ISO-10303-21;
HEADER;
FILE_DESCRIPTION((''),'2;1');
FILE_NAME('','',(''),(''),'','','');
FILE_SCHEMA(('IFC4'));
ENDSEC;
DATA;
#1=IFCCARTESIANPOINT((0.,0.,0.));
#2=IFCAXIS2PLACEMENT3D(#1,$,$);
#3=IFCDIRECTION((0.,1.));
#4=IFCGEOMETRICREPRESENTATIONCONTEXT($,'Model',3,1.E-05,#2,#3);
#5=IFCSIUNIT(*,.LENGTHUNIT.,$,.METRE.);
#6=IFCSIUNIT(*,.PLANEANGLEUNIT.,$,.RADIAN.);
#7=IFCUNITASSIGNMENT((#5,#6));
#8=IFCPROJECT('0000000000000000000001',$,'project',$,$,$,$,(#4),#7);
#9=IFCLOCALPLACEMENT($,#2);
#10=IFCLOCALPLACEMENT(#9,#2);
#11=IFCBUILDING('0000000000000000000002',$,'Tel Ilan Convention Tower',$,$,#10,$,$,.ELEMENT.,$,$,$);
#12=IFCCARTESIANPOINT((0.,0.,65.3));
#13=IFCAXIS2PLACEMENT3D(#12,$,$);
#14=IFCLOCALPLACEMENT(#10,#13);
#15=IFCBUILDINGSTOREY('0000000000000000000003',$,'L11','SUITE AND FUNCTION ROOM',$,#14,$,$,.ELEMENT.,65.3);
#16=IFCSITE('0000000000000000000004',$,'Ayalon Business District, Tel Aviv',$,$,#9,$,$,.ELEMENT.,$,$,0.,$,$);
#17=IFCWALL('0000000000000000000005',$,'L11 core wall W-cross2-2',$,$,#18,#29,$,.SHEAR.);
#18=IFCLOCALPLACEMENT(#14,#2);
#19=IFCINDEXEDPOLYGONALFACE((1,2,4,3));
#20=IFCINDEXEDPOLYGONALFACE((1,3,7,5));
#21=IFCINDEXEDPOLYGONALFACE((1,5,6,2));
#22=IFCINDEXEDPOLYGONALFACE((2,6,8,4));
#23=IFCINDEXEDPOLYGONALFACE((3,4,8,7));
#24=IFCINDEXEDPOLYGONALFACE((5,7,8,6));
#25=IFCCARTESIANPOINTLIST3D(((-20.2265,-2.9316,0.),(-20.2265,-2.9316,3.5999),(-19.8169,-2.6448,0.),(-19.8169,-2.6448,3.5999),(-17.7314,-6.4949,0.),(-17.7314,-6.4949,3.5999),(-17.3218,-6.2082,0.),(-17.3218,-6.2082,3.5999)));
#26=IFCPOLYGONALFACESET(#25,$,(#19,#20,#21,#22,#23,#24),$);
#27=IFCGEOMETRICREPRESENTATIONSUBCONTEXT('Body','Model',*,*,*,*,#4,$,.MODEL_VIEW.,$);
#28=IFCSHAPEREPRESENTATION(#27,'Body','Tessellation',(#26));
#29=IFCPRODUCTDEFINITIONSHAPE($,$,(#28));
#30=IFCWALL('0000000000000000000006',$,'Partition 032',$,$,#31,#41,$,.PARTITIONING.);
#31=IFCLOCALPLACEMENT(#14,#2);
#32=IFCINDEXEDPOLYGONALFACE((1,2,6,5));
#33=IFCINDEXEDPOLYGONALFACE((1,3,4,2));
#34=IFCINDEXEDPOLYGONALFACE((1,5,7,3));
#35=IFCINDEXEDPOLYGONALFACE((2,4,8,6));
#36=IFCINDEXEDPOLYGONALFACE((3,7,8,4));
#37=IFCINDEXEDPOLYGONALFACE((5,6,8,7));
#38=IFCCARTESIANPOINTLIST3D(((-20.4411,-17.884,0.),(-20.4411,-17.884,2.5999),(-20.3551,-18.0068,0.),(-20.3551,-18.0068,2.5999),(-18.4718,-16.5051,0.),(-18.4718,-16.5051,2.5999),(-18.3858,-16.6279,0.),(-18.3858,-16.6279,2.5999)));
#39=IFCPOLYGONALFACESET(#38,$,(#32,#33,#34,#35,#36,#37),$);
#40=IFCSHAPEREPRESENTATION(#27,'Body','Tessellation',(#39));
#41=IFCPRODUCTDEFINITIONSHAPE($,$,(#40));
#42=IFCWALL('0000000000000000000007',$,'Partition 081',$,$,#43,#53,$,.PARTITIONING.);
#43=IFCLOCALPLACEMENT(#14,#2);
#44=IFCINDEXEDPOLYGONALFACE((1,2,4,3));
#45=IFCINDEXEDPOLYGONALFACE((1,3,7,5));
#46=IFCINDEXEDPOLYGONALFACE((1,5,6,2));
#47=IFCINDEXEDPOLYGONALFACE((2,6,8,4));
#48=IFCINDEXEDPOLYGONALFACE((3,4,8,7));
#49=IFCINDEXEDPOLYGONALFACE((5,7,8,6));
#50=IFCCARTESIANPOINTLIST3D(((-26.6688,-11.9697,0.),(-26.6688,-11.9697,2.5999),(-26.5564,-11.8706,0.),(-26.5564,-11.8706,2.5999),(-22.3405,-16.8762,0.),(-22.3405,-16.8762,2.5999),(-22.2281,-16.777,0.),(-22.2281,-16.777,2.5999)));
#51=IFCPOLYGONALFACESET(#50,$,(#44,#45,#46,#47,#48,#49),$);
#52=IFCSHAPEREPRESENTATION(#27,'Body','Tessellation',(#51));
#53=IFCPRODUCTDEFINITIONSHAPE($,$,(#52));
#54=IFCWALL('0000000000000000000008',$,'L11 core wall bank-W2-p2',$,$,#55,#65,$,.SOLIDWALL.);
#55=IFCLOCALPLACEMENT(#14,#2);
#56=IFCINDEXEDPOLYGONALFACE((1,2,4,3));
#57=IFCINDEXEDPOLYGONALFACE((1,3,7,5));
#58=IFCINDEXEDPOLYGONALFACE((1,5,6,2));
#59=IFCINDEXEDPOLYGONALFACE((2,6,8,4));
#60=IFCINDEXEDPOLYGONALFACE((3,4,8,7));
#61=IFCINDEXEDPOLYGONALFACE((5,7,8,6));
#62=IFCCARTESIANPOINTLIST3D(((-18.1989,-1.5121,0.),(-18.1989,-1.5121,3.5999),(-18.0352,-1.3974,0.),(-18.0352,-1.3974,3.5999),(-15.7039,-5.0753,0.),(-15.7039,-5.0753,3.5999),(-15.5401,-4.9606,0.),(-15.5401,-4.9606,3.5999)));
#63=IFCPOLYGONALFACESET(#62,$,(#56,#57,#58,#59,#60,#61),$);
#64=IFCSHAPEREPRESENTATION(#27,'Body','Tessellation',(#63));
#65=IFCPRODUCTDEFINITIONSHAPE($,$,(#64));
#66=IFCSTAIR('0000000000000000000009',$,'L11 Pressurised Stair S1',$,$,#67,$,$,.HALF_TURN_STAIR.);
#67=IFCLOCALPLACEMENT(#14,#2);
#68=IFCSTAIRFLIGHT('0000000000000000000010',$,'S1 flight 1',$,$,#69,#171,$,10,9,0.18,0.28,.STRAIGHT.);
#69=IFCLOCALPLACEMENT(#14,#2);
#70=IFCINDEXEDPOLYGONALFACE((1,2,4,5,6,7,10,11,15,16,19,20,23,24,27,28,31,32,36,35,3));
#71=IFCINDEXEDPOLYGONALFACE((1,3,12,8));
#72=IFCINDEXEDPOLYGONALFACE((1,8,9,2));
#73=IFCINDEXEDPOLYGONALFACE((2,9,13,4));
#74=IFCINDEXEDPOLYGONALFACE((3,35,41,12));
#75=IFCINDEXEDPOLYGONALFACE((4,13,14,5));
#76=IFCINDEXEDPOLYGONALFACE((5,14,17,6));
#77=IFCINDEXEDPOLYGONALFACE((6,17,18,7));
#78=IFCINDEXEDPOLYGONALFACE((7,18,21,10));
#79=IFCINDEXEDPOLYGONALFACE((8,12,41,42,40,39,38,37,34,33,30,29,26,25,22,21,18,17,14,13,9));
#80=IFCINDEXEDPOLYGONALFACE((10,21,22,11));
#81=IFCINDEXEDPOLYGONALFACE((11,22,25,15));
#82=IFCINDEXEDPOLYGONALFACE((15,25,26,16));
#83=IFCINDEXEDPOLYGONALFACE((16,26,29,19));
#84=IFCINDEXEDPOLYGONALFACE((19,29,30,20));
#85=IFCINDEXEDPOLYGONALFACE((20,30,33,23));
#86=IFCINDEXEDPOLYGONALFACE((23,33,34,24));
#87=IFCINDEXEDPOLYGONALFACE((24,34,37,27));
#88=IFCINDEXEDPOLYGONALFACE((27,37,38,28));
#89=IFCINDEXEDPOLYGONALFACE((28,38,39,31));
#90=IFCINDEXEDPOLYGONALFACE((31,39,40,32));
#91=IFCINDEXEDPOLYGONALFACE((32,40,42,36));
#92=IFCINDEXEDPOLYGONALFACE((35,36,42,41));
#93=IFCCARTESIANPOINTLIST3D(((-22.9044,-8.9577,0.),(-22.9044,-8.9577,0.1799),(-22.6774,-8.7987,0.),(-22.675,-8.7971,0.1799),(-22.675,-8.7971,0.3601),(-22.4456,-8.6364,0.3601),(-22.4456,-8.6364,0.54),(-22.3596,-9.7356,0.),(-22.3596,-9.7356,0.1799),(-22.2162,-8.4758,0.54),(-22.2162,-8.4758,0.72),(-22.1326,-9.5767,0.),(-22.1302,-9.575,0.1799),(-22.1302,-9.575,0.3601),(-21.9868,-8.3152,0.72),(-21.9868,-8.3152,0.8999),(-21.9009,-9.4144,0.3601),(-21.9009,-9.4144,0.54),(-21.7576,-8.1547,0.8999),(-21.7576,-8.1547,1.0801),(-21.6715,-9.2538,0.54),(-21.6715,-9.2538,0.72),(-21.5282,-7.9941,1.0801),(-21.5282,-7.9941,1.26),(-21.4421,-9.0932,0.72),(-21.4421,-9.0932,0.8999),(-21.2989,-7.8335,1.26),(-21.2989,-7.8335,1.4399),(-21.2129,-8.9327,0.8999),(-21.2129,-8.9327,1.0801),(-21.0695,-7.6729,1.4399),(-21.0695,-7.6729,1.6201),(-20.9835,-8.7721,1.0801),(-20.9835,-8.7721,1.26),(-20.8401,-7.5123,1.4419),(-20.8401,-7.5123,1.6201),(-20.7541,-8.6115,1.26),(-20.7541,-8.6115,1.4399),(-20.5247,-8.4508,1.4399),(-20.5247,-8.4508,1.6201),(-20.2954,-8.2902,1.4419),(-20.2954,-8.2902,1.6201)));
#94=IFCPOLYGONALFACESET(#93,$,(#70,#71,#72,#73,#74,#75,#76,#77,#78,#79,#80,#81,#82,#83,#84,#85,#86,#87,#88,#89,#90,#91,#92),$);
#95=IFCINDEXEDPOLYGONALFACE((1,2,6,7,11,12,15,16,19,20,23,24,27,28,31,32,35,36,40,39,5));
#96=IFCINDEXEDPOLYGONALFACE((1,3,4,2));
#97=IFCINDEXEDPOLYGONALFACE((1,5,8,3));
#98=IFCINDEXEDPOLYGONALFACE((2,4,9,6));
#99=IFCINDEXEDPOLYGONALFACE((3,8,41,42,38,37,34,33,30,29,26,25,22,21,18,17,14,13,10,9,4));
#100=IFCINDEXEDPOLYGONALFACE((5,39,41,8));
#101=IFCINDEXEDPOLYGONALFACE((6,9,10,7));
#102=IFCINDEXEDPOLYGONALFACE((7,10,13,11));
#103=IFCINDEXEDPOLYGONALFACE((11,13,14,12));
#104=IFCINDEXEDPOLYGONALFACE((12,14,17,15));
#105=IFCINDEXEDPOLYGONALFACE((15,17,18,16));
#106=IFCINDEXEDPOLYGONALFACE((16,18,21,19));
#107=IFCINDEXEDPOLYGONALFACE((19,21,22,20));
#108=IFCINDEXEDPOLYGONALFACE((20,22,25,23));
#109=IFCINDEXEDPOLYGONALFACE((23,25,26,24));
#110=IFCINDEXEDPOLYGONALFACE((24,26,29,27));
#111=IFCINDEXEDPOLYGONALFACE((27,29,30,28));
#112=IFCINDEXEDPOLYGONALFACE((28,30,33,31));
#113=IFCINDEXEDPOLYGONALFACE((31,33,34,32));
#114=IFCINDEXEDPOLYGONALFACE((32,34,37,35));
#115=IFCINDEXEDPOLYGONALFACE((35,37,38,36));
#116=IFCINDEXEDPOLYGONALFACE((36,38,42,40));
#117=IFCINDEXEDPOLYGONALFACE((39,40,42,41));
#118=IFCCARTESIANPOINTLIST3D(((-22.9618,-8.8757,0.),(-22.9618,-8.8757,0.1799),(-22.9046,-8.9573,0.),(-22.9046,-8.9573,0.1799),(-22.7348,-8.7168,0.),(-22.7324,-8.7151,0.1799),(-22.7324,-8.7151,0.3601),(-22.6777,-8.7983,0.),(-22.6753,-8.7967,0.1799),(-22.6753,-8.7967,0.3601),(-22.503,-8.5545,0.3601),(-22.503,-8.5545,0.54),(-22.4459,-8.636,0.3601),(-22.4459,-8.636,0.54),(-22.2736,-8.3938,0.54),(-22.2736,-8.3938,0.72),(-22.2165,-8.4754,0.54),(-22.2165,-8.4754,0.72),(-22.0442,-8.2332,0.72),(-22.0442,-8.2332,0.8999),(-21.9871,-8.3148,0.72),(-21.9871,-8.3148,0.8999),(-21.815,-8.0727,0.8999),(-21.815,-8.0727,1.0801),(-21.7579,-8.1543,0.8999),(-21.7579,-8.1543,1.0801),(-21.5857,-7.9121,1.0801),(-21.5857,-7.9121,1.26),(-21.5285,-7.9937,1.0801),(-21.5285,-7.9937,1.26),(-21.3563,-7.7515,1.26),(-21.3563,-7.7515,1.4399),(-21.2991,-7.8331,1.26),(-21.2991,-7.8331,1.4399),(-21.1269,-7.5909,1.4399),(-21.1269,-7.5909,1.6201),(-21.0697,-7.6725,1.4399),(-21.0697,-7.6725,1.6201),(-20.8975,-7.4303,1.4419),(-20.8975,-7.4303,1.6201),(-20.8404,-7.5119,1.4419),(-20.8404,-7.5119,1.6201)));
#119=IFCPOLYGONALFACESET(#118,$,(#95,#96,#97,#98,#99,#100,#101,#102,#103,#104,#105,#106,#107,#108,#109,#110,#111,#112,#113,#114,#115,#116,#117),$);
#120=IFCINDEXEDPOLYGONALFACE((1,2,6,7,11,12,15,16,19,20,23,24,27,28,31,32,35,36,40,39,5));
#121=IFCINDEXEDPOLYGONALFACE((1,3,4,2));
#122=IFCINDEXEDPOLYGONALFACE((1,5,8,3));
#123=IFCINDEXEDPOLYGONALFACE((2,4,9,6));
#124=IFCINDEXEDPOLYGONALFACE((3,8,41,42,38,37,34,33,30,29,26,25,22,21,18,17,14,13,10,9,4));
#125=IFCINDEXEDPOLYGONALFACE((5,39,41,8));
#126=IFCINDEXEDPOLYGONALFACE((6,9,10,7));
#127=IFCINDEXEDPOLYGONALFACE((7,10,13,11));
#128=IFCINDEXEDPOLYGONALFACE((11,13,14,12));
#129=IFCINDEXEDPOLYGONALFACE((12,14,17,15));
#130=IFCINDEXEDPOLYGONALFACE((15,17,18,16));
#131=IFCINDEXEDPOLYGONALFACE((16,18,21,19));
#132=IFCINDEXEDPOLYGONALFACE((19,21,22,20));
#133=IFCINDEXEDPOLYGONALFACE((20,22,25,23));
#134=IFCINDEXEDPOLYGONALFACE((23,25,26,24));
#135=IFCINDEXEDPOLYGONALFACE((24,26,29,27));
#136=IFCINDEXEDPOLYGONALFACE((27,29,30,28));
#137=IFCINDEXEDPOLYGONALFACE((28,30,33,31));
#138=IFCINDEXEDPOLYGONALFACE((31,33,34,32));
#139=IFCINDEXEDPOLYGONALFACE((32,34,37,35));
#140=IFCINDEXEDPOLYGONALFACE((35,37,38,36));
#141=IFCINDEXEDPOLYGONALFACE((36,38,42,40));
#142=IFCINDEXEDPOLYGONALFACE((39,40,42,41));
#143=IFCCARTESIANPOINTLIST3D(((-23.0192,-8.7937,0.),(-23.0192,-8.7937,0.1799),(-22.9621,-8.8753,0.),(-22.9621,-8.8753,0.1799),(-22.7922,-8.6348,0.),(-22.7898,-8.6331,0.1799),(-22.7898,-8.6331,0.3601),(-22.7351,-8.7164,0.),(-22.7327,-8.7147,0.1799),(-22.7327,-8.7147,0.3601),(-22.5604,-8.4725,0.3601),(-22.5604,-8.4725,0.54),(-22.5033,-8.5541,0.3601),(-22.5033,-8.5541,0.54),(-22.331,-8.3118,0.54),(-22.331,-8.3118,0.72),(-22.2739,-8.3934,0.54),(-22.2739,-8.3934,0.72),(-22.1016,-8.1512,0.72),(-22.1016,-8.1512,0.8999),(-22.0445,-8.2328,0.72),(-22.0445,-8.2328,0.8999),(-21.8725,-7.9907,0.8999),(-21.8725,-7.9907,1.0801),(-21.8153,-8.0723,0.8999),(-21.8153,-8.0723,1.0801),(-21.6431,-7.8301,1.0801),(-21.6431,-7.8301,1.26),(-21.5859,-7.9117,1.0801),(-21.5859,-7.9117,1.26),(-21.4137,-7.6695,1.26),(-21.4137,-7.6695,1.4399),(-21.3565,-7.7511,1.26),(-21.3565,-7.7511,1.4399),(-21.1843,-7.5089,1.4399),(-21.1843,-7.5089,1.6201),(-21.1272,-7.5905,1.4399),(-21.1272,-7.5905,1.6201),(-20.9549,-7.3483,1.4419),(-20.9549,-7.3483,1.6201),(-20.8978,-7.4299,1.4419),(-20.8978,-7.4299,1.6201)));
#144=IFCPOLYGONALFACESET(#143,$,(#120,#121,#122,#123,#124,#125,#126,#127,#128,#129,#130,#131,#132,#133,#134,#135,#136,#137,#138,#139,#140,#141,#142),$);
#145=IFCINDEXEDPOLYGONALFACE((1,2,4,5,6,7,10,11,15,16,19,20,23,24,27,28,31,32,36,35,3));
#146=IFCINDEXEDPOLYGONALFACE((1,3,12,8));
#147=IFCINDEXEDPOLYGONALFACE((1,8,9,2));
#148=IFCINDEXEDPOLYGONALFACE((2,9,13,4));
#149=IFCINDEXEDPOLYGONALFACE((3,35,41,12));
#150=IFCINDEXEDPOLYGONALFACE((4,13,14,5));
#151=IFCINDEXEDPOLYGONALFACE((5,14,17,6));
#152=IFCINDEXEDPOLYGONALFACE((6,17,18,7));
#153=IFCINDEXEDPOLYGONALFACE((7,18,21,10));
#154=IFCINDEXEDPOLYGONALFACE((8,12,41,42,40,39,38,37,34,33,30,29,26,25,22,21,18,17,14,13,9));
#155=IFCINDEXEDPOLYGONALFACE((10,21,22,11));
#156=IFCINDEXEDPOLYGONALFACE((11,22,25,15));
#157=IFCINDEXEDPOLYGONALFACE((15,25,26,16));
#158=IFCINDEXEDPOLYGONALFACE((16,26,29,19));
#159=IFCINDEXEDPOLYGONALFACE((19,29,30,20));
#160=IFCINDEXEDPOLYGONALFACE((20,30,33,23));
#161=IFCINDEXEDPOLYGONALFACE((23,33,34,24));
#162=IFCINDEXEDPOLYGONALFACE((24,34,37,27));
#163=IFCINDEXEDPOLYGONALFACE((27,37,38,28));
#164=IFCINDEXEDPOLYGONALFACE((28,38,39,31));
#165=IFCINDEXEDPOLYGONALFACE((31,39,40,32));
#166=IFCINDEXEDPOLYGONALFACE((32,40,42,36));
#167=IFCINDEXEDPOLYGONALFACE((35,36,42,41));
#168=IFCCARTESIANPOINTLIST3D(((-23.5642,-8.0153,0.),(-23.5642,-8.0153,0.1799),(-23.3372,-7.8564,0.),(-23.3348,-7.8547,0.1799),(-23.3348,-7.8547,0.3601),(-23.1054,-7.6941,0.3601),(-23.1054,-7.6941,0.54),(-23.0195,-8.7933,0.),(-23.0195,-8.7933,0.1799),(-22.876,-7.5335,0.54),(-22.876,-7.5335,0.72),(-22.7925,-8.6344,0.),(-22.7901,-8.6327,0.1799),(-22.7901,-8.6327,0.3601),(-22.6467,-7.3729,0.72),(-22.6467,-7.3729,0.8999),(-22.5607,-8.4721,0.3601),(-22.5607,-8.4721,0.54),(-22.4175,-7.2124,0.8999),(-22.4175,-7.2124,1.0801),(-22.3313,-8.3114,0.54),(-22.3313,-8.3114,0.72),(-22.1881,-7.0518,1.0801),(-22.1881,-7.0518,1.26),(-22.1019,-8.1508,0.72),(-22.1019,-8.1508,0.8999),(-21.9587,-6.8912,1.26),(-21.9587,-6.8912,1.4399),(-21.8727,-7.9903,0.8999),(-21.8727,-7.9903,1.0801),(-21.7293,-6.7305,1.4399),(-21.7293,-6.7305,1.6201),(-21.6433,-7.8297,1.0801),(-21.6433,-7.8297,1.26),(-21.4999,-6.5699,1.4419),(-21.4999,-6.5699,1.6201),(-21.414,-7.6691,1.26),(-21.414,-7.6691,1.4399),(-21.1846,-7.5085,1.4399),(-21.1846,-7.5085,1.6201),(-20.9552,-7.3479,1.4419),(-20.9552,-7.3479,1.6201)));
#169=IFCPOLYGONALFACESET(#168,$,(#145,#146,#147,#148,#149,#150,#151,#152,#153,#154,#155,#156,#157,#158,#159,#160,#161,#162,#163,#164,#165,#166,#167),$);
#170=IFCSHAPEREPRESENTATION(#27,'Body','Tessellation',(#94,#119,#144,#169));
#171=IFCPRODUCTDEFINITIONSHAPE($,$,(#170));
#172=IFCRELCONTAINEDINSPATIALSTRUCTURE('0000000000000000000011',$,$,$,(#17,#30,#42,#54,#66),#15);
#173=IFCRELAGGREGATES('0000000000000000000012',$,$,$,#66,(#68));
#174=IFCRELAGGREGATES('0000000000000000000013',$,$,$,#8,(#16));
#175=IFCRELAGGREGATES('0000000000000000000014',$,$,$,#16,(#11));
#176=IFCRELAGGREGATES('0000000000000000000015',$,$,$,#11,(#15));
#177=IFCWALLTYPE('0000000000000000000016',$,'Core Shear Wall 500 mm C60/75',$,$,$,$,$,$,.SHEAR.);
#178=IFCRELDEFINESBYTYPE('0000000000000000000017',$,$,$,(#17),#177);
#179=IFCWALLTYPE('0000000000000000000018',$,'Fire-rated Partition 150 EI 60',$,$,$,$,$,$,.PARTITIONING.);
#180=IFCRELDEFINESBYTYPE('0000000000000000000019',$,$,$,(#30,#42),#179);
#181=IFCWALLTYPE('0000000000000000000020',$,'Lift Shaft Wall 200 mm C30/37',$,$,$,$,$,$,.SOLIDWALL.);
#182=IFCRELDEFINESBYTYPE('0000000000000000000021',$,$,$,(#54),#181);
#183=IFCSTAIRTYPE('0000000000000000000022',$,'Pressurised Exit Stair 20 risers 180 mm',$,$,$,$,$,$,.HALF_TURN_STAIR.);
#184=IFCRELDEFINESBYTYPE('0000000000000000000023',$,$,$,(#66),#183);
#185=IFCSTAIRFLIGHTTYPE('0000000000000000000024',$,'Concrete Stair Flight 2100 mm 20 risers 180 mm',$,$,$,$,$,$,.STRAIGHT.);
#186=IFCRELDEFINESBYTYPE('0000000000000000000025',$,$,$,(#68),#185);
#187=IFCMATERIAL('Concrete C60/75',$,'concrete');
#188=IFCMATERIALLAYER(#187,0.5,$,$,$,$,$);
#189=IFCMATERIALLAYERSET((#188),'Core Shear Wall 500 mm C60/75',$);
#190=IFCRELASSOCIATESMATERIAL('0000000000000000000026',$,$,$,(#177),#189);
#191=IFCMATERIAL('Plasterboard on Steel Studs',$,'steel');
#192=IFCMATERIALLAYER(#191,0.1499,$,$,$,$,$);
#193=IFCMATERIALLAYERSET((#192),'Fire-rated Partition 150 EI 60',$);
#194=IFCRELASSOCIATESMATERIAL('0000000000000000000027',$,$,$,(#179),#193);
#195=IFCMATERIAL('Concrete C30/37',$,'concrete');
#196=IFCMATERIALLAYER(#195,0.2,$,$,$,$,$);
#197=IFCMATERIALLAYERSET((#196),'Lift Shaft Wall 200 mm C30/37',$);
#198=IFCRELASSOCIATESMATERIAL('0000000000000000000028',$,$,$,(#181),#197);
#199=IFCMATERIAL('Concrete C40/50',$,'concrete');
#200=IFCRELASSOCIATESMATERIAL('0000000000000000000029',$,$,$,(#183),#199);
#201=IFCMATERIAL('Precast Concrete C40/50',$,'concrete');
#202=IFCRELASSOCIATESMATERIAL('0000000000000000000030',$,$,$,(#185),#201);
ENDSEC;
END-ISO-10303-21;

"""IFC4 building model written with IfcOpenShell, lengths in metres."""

from ifc_helpers import new_model, si_unit, direction, frame, frame_2d, origin, place, context, subcontext, project, spatial, polyline, rectangle, outline, extrude, material, layer, layer_set, type_object, element, aggregate, save


model = new_model("IFC4")

# Units and contexts
model_context = context("Model", 3, precision=1e-05, world=origin(), true_north=direction((0.0, 1.0)))
body_context = subcontext(model_context, "Body", "Model", "MODEL_VIEW")
ifc_project = project(units=[si_unit("LENGTHUNIT", "METRE"), si_unit("PLANEANGLEUNIT", "RADIAN")], contexts=[model_context])

# Site, building, storey
site_placement = place(None, origin())
site = spatial("IfcSite", under=ifc_project, at=site_placement, Name="Ayalon Business District, Tel Aviv", CompositionType="ELEMENT", RefElevation=0.0)
building_placement = place(site_placement, origin())
building = spatial("IfcBuilding", under=site, at=building_placement, Name="Tel Ilan Convention Tower", CompositionType="ELEMENT")
storey_placement = place(building_placement, frame((0.0, 0.0, 65.3)))
storey = spatial("IfcBuildingStorey", under=building, at=storey_placement, Name="L11", Description="SUITE AND FUNCTION ROOM", CompositionType="ELEMENT", Elevation=65.3)

# Walls
ifc_material_1 = material(Name="Concrete C60/75", Category="concrete")
ifc_layer_1 = layer(ifc_material_1, 0.5)
ifc_layer_set_1 = layer_set([ifc_layer_1], Name="Core Shear Wall 500 mm C60/75")
wall_type_1 = type_object("IfcWallType", Name="Core Shear Wall 500 mm C60/75", PredefinedType="SHEAR", material=ifc_layer_set_1)
wall_1_placement = place(storey_placement, frame((-17.5266, -6.3516, 0.0), z_axis=(0.0, 0.0, 1.0), x_axis=(-0.57353, 0.819184, 0.0)))
element("IfcWall", 1, at=wall_1_placement, inside=storey, type_object=wall_type_1, Name="L11 core wall W-cross2-2", PredefinedType="SHEAR", context=body_context, shape_type="SweptSolid", body=[
    extrude(outline(polyline([(4.3501, -0.2498), (4.3501, 0.2502), (0.0, 0.25), (0.0, -0.25), (4.3501, -0.2498)])), origin(), (0.0, 0.0, 1.0), 3.5999),
])
ifc_material_2 = material(Name="Plasterboard on Steel Studs", Category="steel")
ifc_layer_2 = layer(ifc_material_2, 0.1499)
ifc_layer_set_2 = layer_set([ifc_layer_2], Name="Fire-rated Partition 150 EI 60")
wall_type_2 = type_object("IfcWallType", Name="Fire-rated Partition 150 EI 60", PredefinedType="PARTITIONING", material=ifc_layer_set_2)
wall_2_placement = place(storey_placement, frame((-18.4287, -16.5664, 0.0), z_axis=(0.0, 0.0, 1.0), x_axis=(-0.819146, -0.573585, 0.0)))
element("IfcWall", 2, at=wall_2_placement, inside=storey, type_object=wall_type_2, Name="Partition 032", PredefinedType="PARTITIONING", context=body_context, shape_type="SweptSolid", body=[
    extrude(rectangle(XDim=2.4041, YDim=0.1499, at=frame_2d((1.2021, 0.0))), origin(), (0.0, 0.0, 1.0), 2.5999),
])
wall_3_placement = place(storey_placement, frame((-22.2842, -16.8267, 0.0), z_axis=(0.0, 0.0, 1.0), x_axis=(-0.661545, 0.749905, 0.0)))
element("IfcWall", 3, at=wall_3_placement, inside=storey, type_object=wall_type_2, Name="Partition 081", PredefinedType="PARTITIONING", context=body_context, shape_type="SweptSolid", body=[
    extrude(rectangle(XDim=6.5427, YDim=0.1499, at=frame_2d((3.2715, 0.0))), origin(), (0.0, 0.0, 1.0), 2.5999),
])
ifc_material_3 = material(Name="Concrete C30/37", Category="concrete")
ifc_layer_3 = layer(ifc_material_3, 0.2)
ifc_layer_set_3 = layer_set([ifc_layer_3], Name="Lift Shaft Wall 200 mm C30/37")
wall_type_3 = type_object("IfcWallType", Name="Lift Shaft Wall 200 mm C30/37", PredefinedType="SOLIDWALL", material=ifc_layer_set_3)
wall_4_placement = place(storey_placement, frame((-15.6221, -5.0178, 0.0), z_axis=(0.0, 0.0, 1.0), x_axis=(-0.573594, 0.81914, 0.0)))
element("IfcWall", 4, at=wall_4_placement, inside=storey, type_object=wall_type_3, Name="L11 core wall bank-W2-p2", PredefinedType="SOLIDWALL", context=body_context, shape_type="SweptSolid", body=[
    extrude(rectangle(XDim=4.3499, YDim=0.2, at=frame_2d((2.1748, 0.0))), origin(), (0.0, 0.0, 1.0), 3.5999),
])

# Stair, stair flight
ifc_material_4 = material(Name="Concrete C40/50", Category="concrete")
stair_type = type_object("IfcStairType", Name="Pressurised Exit Stair 20 risers 180 mm", PredefinedType="HALF_TURN_STAIR", material=ifc_material_4)
stair_1_placement = place(storey_placement, origin())
stair_1 = element("IfcStair", 5, at=stair_1_placement, inside=storey, type_object=stair_type, Name="L11 Pressurised Stair S1", PredefinedType="HALF_TURN_STAIR")
ifc_material_5 = material(Name="Precast Concrete C40/50", Category="concrete")
stair_flight_type = type_object("IfcStairFlightType", Name="Concrete Stair Flight 2100 mm 20 risers 180 mm", PredefinedType="STRAIGHT", material=ifc_material_5)
stair_flight_1_placement = place(storey_placement, frame((-22.9619, -8.8755, 0.0), z_axis=(0.0, 0.0, 1.0), x_axis=(0.819152, 0.573576, 0.0)))
stair_flight_1 = element("IfcStairFlight", 6, at=stair_flight_1_placement, type_object=stair_flight_type, Name="S1 flight 1", NumberOfRisers=10, NumberOfTreads=9, PredefinedType="STRAIGHT", RiserHeight=0.18, TreadLength=0.28, context=body_context, shape_type="SweptSolid", body=[
    extrude(outline(polyline([(0.0, 0.0), (0.0, 0.1799), (0.28, 0.1799), (0.28, 0.3601), (0.5601, 0.3601), (0.5601, 0.54), (0.8401, 0.54), (0.8401, 0.72), (1.1201, 0.72), (1.1201, 0.8999), (1.3999, 0.8999), (1.3999, 1.0801), (1.6799, 1.0801), (1.6799, 1.26), (1.96, 1.26), (1.96, 1.4399), (2.24, 1.4399), (2.24, 1.6201), (2.52, 1.6201), (2.52, 1.8), (2.52, 1.4419), (0.2771, 0.0), (0.0, 0.0)])), frame((0.0, -0.1003, 0.0), z_axis=(0.0, -1.0, 0.0), x_axis=(1.0, 0.0, 0.0)), (0.0, 0.0, 1.0), 0.9497),
    extrude(outline(polyline([(0.0, 0.0), (0.0, 0.1799), (0.28, 0.1799), (0.28, 0.3601), (0.5601, 0.3601), (0.5601, 0.54), (0.8401, 0.54), (0.8401, 0.72), (1.1201, 0.72), (1.1201, 0.8999), (1.3999, 0.8999), (1.3999, 1.0801), (1.6799, 1.0801), (1.6799, 1.26), (1.96, 1.26), (1.96, 1.4399), (2.24, 1.4399), (2.24, 1.6201), (2.52, 1.6201), (2.52, 1.8), (2.52, 1.4419), (0.2771, 0.0), (0.0, 0.0)])), frame((0.0, -0.0002, 0.0), z_axis=(0.0, -1.0, 0.0), x_axis=(1.0, 0.0, 0.0)), (0.0, 0.0, 1.0), 0.0996),
    extrude(outline(polyline([(0.0, 0.0), (0.0, 0.1799), (0.28, 0.1799), (0.28, 0.3601), (0.5601, 0.3601), (0.5601, 0.54), (0.8401, 0.54), (0.8401, 0.72), (1.1201, 0.72), (1.1201, 0.8999), (1.3999, 0.8999), (1.3999, 1.0801), (1.6799, 1.0801), (1.6799, 1.26), (1.96, 1.26), (1.96, 1.4399), (2.24, 1.4399), (2.24, 1.6201), (2.52, 1.6201), (2.52, 1.8), (2.52, 1.4419), (0.2771, 0.0), (0.0, 0.0)])), frame((0.0, 0.0999, 0.0), z_axis=(0.0, -1.0, 0.0), x_axis=(1.0, 0.0, 0.0)), (0.0, 0.0, 1.0), 0.0996),
    extrude(outline(polyline([(0.0, 0.0), (0.0, 0.1799), (0.28, 0.1799), (0.28, 0.3601), (0.5601, 0.3601), (0.5601, 0.54), (0.8401, 0.54), (0.8401, 0.72), (1.1201, 0.72), (1.1201, 0.8999), (1.3999, 0.8999), (1.3999, 1.0801), (1.6799, 1.0801), (1.6799, 1.26), (1.96, 1.26), (1.96, 1.4399), (2.24, 1.4399), (2.24, 1.6201), (2.52, 1.6201), (2.52, 1.8), (2.52, 1.4419), (0.2771, 0.0), (0.0, 0.0)])), frame((0.0, 1.05, 0.0), z_axis=(0.0, -1.0, 0.0), x_axis=(1.0, 0.0, 0.0)), (0.0, 0.0, 1.0), 0.9497),
])
aggregate(stair_1, [stair_flight_1])

save(model, "model.ifc")
